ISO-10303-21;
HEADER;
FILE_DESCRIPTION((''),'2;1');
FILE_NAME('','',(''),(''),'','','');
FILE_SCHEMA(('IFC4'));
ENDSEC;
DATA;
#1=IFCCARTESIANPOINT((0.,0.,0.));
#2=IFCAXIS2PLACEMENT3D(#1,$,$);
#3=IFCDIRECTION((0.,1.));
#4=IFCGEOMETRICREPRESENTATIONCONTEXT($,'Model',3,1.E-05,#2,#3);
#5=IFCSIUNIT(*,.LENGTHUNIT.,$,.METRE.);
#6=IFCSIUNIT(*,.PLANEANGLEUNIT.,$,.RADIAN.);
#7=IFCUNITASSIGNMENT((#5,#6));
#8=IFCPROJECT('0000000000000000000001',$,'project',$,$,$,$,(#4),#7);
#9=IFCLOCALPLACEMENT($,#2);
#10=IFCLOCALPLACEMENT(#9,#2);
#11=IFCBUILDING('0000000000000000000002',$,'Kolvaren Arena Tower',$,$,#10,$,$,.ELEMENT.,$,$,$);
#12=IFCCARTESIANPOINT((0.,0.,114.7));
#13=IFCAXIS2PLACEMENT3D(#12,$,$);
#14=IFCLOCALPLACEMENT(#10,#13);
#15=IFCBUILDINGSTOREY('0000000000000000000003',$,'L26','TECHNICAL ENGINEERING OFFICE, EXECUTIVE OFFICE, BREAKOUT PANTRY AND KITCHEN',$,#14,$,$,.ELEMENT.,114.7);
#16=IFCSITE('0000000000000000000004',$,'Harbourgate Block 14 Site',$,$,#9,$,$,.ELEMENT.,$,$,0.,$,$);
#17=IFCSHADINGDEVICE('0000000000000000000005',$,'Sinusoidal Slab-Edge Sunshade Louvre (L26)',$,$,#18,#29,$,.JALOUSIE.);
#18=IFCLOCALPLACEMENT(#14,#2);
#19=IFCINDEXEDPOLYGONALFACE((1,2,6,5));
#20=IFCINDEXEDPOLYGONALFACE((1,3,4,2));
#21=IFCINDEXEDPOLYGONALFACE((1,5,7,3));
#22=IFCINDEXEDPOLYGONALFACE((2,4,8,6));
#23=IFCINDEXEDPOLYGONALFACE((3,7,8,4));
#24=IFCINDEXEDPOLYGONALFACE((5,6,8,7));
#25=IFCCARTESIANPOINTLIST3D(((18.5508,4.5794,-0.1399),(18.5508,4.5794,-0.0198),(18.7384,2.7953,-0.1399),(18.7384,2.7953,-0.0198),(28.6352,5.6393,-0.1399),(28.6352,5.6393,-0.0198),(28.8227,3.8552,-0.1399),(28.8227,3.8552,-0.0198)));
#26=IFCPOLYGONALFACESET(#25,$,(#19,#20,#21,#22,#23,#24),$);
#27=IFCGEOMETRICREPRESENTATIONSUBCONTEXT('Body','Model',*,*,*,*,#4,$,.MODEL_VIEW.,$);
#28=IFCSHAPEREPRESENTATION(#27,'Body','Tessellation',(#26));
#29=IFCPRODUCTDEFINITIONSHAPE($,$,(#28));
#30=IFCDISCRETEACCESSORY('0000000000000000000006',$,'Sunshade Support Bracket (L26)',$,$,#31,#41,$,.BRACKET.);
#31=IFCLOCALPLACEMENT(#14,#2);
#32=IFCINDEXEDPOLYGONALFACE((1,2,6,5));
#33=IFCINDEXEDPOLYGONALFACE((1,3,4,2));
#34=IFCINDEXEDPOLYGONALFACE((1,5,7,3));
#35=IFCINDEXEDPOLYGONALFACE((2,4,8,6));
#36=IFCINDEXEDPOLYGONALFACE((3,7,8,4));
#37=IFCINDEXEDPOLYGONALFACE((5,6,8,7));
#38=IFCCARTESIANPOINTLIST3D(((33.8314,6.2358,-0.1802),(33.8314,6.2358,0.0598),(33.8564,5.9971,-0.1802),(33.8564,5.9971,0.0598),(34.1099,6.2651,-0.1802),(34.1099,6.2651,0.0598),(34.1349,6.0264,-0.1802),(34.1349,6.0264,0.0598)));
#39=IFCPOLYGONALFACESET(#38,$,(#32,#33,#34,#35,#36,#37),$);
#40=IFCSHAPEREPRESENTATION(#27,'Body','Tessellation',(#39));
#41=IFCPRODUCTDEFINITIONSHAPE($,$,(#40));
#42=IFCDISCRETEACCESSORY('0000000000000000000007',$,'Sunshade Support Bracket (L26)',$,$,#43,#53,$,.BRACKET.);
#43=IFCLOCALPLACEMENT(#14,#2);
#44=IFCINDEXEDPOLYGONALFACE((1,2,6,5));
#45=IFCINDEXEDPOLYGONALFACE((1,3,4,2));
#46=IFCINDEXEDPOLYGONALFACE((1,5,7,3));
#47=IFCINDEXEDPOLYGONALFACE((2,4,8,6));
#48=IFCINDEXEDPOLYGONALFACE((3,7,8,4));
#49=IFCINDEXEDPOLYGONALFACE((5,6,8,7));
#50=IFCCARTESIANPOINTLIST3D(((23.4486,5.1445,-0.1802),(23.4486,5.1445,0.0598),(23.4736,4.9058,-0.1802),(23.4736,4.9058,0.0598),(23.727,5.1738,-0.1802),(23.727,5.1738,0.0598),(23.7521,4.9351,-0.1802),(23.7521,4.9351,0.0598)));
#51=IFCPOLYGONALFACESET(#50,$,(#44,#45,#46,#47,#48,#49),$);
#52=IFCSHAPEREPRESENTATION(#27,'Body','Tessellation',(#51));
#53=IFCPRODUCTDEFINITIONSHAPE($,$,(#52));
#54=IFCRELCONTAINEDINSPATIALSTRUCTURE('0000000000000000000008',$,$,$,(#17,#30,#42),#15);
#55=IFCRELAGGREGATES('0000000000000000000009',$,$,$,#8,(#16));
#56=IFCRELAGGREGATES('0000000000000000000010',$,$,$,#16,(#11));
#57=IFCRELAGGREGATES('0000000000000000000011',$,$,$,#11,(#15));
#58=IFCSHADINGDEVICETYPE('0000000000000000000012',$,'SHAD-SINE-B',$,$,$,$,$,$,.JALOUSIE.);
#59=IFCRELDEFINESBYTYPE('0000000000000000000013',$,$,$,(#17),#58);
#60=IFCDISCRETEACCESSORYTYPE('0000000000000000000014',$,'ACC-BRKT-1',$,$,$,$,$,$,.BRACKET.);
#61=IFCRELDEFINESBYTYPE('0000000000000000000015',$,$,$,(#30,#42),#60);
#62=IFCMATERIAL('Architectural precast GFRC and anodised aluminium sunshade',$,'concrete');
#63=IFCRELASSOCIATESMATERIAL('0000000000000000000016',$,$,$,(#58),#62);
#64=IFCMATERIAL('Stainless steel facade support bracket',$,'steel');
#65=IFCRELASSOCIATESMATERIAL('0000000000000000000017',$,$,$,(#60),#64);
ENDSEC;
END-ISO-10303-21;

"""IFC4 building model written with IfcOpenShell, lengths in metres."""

from ifc_helpers import new_model, si_unit, direction, frame, origin, origin_2d, place, context, subcontext, project, spatial, rectangle, extrude, material, type_object, element, save


model = new_model("IFC4")

# Units and contexts
model_context = context("Model", 3, precision=1e-05, world=origin(), true_north=direction((0.0, 1.0)))
body_context = subcontext(model_context, "Body", "Model", "MODEL_VIEW")
ifc_project = project(units=[si_unit("LENGTHUNIT", "METRE"), si_unit("PLANEANGLEUNIT", "RADIAN")], contexts=[model_context])

# Site, building, storey
site_placement = place(None, origin())
site = spatial("IfcSite", under=ifc_project, at=site_placement, Name="Harbourgate Block 14 Site", CompositionType="ELEMENT", RefElevation=0.0)
building_placement = place(site_placement, origin())
building = spatial("IfcBuilding", under=site, at=building_placement, Name="Kolvaren Arena Tower", CompositionType="ELEMENT")
storey_placement = place(building_placement, frame((0.0, 0.0, 114.7)))
storey = spatial("IfcBuildingStorey", under=building, at=storey_placement, Name="L26", Description="TECHNICAL ENGINEERING OFFICE, EXECUTIVE OFFICE, BREAKOUT PANTRY AND KITCHEN", CompositionType="ELEMENT", Elevation=114.7)

# Shading device
ifc_material_1 = material(Name="Architectural precast GFRC and anodised aluminium sunshade", Category="concrete")
shading_device_type_1 = type_object("IfcShadingDeviceType", Name="SHAD-SINE-B", PredefinedType="JALOUSIE", material=ifc_material_1)
shading_device_1_placement = place(storey_placement, frame((23.6868, 4.2173, -0.1399), z_axis=(0.0, 0.0, 1.0), x_axis=(-0.994522, -0.104527, 0.0)))
element("IfcShadingDevice", 1, at=shading_device_1_placement, inside=storey, type_object=shading_device_type_1, Name="Sinusoidal Slab-Edge Sunshade Louvre (L26)", PredefinedType="JALOUSIE", context=body_context, shape_type="SweptSolid", body=[
    extrude(rectangle(XDim=10.1399, YDim=1.7939, at=origin_2d()), origin(), (0.0, 0.0, 1.0), 0.1201),
])

# Discrete accessories
ifc_material_2 = material(Name="Stainless steel facade support bracket", Category="steel")
discrete_accessory_type = type_object("IfcDiscreteAccessoryType", Name="ACC-BRKT-1", PredefinedType="BRACKET", material=ifc_material_2)
for number, where, z_axis, x_axis, name in (
    (2, (33.9832, 6.1311, -0.1802), (0.0, 0.0, 1.0), (-0.994522, -0.104527, 0.0), "Sunshade Support Bracket (L26)"),
    (3, (23.6003, 5.0398, -0.1802), (0.0, 0.0, 1.0), (-0.994522, -0.104527, 0.0), "Sunshade Support Bracket (L26)"),
):
    element("IfcDiscreteAccessory", number, at=place(storey_placement, frame(where, z_axis=z_axis, x_axis=x_axis)), inside=storey, type_object=discrete_accessory_type, Name=name, PredefinedType="BRACKET", context=body_context, shape_type="SweptSolid", body=[
        extrude(rectangle(XDim=0.28, YDim=0.24, at=origin_2d()), origin(), (0.0, 0.0, 1.0), 0.24),
    ])

save(model, "model.ifc")
